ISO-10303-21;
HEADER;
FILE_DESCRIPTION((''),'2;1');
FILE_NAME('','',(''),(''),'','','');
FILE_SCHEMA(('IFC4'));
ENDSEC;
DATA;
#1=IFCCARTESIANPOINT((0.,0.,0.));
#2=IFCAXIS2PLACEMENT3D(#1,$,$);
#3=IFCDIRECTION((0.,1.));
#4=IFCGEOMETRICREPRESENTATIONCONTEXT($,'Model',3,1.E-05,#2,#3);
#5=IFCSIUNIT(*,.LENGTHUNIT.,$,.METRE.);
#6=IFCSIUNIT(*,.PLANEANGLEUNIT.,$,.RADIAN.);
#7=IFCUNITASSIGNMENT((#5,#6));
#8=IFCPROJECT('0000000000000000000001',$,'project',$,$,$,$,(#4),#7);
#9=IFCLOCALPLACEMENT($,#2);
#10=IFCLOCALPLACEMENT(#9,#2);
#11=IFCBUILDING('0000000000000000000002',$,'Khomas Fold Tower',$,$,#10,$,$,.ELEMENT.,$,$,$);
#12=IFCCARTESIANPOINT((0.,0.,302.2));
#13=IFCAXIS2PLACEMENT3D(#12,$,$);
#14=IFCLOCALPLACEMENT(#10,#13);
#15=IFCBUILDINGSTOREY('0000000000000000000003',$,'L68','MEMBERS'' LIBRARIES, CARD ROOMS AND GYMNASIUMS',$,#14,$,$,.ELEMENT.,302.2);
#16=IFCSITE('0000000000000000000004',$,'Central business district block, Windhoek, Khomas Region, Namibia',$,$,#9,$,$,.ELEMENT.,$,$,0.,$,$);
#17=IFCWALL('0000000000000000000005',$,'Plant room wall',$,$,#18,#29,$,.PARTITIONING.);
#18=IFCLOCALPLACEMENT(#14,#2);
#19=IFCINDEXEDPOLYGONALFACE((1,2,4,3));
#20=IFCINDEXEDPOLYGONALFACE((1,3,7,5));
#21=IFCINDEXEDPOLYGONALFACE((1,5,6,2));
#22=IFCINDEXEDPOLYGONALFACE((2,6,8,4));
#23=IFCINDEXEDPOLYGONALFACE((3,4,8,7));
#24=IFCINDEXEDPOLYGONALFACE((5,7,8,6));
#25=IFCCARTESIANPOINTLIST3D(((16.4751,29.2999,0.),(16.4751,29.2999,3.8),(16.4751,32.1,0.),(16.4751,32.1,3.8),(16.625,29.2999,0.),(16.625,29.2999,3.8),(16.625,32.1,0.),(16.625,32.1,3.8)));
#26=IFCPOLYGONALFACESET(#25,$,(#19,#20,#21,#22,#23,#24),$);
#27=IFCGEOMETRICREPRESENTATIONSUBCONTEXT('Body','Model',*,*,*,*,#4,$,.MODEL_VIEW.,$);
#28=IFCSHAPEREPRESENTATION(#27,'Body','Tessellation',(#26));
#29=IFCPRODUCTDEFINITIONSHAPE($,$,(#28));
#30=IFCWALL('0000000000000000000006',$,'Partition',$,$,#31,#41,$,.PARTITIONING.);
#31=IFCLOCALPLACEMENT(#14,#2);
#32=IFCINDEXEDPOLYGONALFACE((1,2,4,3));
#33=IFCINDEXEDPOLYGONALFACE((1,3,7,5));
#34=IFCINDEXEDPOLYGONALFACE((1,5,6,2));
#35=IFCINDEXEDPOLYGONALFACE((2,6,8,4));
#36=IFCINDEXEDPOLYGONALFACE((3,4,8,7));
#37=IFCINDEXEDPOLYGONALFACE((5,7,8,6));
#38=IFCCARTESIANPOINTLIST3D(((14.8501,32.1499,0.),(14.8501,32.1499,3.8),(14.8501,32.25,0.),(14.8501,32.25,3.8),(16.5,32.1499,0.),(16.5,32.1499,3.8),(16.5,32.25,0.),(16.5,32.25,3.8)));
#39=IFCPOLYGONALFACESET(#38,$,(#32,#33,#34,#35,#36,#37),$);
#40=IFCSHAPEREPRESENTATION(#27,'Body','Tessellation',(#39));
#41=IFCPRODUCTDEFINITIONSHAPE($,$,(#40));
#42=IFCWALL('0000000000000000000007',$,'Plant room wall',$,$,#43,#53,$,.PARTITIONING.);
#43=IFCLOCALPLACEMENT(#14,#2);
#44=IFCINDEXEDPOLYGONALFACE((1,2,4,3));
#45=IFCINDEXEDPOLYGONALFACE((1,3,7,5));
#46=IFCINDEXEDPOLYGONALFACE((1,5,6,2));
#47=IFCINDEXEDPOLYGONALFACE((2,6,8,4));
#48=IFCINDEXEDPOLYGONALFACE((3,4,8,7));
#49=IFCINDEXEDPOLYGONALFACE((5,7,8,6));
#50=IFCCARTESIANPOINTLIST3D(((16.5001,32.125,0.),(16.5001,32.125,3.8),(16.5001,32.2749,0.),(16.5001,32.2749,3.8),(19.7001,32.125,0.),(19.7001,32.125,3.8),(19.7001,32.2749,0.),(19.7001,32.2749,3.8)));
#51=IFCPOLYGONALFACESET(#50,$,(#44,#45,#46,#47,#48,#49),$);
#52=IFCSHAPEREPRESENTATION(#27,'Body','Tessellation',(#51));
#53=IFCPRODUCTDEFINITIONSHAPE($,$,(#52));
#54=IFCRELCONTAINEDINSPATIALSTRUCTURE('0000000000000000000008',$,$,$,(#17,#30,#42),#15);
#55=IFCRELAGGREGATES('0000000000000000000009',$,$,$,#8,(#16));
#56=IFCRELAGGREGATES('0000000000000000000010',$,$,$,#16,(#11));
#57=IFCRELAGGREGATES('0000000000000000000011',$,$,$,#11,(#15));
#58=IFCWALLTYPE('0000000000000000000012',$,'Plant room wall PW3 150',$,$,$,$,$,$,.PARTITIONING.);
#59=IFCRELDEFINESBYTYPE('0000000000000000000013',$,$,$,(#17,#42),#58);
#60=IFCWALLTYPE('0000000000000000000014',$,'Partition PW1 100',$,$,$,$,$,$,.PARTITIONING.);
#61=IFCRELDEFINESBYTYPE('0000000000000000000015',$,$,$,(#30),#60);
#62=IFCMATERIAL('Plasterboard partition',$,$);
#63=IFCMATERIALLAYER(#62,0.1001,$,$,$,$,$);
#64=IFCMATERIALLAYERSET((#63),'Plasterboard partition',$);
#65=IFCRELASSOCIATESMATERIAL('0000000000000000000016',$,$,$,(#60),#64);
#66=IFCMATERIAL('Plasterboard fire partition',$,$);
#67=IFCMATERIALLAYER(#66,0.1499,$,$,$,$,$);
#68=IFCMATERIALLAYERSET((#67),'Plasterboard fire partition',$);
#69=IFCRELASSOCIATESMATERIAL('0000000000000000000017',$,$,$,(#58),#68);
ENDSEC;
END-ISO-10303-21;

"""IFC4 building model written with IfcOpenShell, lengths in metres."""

from ifc_helpers import new_model, si_unit, direction, frame, frame_2d, origin, place, context, subcontext, project, spatial, rectangle, extrude, source, transform, mapped, material, layer, layer_set, type_object, element, save


model = new_model("IFC4")

# Units and contexts
model_context = context("Model", 3, precision=1e-05, world=origin(), true_north=direction((0.0, 1.0)))
body_context = subcontext(model_context, "Body", "Model", "MODEL_VIEW")
ifc_project = project(units=[si_unit("LENGTHUNIT", "METRE"), si_unit("PLANEANGLEUNIT", "RADIAN")], contexts=[model_context])

# Site, building, storey
site_placement = place(None, origin())
site = spatial("IfcSite", under=ifc_project, at=site_placement, Name="Central business district block, Windhoek, Khomas Region, Namibia", CompositionType="ELEMENT", RefElevation=0.0)
building_placement = place(site_placement, origin())
building = spatial("IfcBuilding", under=site, at=building_placement, Name="Khomas Fold Tower", CompositionType="ELEMENT")
storey_placement = place(building_placement, frame((0.0, 0.0, 302.2)))
storey = spatial("IfcBuildingStorey", under=building, at=storey_placement, Name="L68", Description="MEMBERS' LIBRARIES, CARD ROOMS AND GYMNASIUMS", CompositionType="ELEMENT", Elevation=302.2)

# Shared definitions
ifc_material_1 = material(Name="Plasterboard partition")
ifc_layer_1 = layer(ifc_material_1, 0.1001)
ifc_layer_set_1 = layer_set([ifc_layer_1], Name="Plasterboard partition")
wall_type_1 = type_object("IfcWallType", Name="Partition PW1 100", PredefinedType="PARTITIONING", material=ifc_layer_set_1)

# Walls
ifc_material_2 = material(Name="Plasterboard fire partition")
ifc_layer_2 = layer(ifc_material_2, 0.1499)
ifc_layer_set_2 = layer_set([ifc_layer_2], Name="Plasterboard fire partition")
wall_type_2 = type_object("IfcWallType", Name="Plant room wall PW3 150", PredefinedType="PARTITIONING", material=ifc_layer_set_2)
shared_shape_1 = source(origin(), body_context, "Body", "SweptSolid", [
    extrude(rectangle(XDim=2.8, YDim=0.1499, at=frame_2d((1.3999, 0.0))), origin(), (0.0, 0.0, 1.0), 3.8),
])
wall_1_placement = place(storey_placement, frame((16.55, 29.3, 0.0), z_axis=(0.0, 0.0, 1.0), x_axis=(0.0, 1.0, 0.0)))
element("IfcWall", 1, at=wall_1_placement, inside=storey, type_object=wall_type_2, Name="Plant room wall", PredefinedType="PARTITIONING", context=body_context, shape_type="MappedRepresentation", body=[
    mapped(shared_shape_1, transform((0.0, 0.0, 0.0))),
])
shared_shape_2 = source(origin(), body_context, "Body", "SweptSolid", [
    extrude(rectangle(XDim=1.6499, YDim=0.1001, at=frame_2d((0.825, 0.0))), origin(), (0.0, 0.0, 1.0), 3.8),
])
wall_2_placement = place(storey_placement, frame((14.8501, 32.2, 0.0), z_axis=(0.0, 0.0, 1.0), x_axis=(1.0, 0.0, 0.0)))
element("IfcWall", 2, at=wall_2_placement, inside=storey, type_object=wall_type_1, Name="Partition", PredefinedType="PARTITIONING", context=body_context, shape_type="MappedRepresentation", body=[
    mapped(shared_shape_2, transform((0.0, 0.0, 0.0))),
])
shared_shape_3 = source(origin(), body_context, "Body", "SweptSolid", [
    extrude(rectangle(XDim=3.2, YDim=0.1499, at=frame_2d((1.6001, 0.0))), origin(), (0.0, 0.0, 1.0), 3.8),
])
wall_3_placement = place(storey_placement, frame((16.5, 32.2, 0.0), z_axis=(0.0, 0.0, 1.0), x_axis=(1.0, 0.0, 0.0)))
element("IfcWall", 3, at=wall_3_placement, inside=storey, type_object=wall_type_2, Name="Plant room wall", PredefinedType="PARTITIONING", context=body_context, shape_type="MappedRepresentation", body=[
    mapped(shared_shape_3, transform((0.0, 0.0, 0.0))),
])

save(model, "model.ifc")
